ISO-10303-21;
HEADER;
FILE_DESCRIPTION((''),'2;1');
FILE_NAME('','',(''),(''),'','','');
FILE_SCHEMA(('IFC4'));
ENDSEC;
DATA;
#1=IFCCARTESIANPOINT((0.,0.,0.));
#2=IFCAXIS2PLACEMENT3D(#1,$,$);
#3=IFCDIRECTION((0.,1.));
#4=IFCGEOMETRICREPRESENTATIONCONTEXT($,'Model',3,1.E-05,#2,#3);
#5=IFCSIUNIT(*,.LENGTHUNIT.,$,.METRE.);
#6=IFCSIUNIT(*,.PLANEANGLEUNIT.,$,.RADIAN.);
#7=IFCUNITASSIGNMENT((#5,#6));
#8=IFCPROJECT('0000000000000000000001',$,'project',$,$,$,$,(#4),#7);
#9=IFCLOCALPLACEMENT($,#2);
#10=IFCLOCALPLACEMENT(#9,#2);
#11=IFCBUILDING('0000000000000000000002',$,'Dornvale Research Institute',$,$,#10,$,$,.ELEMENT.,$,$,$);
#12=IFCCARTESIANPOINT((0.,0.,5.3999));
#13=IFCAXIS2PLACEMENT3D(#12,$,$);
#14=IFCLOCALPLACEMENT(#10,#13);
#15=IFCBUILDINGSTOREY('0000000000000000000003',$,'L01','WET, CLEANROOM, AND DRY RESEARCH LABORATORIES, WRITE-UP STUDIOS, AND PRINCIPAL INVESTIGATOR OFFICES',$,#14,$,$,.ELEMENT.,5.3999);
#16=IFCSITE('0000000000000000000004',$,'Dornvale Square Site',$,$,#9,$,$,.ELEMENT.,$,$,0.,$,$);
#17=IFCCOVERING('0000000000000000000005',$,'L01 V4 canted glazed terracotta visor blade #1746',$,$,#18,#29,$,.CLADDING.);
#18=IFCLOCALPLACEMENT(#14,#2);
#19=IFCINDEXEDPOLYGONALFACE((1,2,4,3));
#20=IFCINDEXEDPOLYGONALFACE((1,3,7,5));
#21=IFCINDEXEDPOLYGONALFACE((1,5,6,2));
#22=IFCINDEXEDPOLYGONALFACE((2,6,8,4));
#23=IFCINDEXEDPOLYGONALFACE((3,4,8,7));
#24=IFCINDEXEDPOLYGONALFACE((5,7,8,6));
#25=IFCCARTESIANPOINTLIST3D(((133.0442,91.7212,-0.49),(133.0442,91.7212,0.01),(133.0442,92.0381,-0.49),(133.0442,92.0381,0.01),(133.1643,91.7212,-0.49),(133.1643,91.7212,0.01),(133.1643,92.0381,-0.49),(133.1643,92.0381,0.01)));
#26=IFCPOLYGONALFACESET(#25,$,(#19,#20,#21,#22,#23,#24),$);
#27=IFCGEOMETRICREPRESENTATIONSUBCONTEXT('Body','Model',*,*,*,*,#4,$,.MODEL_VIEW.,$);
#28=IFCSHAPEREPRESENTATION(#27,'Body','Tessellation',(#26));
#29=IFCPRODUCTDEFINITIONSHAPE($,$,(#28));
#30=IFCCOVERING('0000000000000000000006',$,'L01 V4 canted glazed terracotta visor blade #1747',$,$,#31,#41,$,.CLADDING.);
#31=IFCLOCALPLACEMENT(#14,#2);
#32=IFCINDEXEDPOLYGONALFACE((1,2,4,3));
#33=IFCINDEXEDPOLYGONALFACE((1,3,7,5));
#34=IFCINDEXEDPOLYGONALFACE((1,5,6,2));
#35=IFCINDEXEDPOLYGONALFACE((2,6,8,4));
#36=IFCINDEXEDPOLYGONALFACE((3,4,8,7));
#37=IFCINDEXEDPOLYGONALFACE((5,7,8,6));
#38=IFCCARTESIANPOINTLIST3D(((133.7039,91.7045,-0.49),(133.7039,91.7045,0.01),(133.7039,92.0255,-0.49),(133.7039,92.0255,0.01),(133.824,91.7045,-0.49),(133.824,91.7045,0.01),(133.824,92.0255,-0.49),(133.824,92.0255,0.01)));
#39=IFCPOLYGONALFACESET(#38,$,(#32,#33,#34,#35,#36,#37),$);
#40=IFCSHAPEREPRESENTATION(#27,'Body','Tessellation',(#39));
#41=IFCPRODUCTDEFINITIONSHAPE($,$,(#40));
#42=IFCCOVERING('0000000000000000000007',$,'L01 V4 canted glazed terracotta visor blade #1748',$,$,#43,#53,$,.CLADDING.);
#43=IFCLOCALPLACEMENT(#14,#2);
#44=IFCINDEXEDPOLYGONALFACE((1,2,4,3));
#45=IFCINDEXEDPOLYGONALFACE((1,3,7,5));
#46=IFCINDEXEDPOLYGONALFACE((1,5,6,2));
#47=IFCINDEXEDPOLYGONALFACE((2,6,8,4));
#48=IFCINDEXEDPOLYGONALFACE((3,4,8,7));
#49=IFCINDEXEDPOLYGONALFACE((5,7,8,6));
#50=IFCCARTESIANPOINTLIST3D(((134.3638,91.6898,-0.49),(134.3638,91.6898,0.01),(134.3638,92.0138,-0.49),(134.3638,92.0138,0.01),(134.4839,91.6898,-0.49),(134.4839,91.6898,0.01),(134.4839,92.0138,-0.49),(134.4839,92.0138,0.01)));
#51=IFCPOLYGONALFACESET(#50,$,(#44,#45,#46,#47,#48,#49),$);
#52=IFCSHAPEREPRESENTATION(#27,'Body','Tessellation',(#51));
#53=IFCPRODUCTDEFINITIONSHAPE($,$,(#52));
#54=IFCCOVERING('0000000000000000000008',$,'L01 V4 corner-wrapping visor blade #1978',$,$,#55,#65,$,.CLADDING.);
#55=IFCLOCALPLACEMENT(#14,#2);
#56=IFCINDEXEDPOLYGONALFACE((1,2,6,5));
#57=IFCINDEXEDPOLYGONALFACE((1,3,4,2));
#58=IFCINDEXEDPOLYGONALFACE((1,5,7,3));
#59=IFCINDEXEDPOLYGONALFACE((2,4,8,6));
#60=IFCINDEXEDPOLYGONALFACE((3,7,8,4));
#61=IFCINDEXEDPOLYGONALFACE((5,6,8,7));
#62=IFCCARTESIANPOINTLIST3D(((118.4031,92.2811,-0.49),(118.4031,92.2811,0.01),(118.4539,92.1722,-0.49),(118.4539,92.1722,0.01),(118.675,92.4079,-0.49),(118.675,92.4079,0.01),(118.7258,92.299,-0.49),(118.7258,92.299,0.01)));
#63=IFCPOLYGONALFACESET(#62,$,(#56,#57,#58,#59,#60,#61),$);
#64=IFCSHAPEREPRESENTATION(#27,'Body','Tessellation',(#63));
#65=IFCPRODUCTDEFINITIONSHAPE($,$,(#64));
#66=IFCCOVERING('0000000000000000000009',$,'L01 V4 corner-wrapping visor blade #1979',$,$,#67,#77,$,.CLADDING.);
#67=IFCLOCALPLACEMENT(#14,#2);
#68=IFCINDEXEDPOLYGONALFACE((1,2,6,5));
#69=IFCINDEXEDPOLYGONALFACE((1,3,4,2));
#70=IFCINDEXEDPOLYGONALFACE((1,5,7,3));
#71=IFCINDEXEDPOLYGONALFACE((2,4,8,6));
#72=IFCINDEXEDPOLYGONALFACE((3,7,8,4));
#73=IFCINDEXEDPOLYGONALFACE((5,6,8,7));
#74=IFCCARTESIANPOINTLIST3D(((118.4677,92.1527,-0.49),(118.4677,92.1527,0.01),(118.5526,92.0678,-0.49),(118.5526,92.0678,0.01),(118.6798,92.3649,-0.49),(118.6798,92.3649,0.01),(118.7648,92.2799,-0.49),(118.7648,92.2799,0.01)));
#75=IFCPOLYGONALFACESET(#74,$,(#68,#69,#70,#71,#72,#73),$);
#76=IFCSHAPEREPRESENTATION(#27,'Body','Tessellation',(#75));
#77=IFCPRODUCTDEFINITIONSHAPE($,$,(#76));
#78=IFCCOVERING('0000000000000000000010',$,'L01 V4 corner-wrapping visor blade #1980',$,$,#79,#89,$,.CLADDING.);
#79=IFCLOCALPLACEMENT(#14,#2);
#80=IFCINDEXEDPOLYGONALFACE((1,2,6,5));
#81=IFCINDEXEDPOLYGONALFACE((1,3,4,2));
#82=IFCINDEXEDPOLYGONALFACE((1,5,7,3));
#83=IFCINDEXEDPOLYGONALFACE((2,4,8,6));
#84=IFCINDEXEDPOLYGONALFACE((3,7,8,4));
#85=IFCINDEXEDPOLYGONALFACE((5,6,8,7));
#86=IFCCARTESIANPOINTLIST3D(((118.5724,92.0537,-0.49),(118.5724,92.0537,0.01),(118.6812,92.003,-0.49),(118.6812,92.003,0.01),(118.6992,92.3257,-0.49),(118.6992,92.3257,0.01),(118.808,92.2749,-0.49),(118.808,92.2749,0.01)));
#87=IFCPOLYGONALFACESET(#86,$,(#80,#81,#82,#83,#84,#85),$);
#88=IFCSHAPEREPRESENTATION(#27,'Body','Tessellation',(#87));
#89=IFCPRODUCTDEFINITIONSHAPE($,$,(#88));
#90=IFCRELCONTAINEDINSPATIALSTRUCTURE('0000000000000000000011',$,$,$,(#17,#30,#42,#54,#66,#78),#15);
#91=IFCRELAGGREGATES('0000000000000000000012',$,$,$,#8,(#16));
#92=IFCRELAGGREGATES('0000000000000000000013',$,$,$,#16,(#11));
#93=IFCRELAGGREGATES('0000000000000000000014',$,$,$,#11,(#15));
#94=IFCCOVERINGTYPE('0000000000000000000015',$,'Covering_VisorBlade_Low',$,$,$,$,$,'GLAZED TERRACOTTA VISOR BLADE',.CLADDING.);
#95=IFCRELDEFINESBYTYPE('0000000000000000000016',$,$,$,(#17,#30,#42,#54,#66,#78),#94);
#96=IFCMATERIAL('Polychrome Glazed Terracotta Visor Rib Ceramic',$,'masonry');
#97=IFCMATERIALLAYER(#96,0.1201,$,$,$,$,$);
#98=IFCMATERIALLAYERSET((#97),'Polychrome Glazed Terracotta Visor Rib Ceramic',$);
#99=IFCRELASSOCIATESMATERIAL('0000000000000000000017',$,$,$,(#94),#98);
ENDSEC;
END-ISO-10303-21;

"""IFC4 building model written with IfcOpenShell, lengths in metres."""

from ifc_helpers import new_model, si_unit, direction, frame, origin, origin_2d, place, context, subcontext, project, spatial, rectangle, extrude, material, layer, layer_set, type_object, element, save


model = new_model("IFC4")

# Units and contexts
model_context = context("Model", 3, precision=1e-05, world=origin(), true_north=direction((0.0, 1.0)))
body_context = subcontext(model_context, "Body", "Model", "MODEL_VIEW")
ifc_project = project(units=[si_unit("LENGTHUNIT", "METRE"), si_unit("PLANEANGLEUNIT", "RADIAN")], contexts=[model_context])

# Site, building, storey
site_placement = place(None, origin())
site = spatial("IfcSite", under=ifc_project, at=site_placement, Name="Dornvale Square Site", CompositionType="ELEMENT", RefElevation=0.0)
building_placement = place(site_placement, origin())
building = spatial("IfcBuilding", under=site, at=building_placement, Name="Dornvale Research Institute", CompositionType="ELEMENT")
storey_placement = place(building_placement, frame((0.0, 0.0, 5.3999)))
storey = spatial("IfcBuildingStorey", under=building, at=storey_placement, Name="L01", Description="WET, CLEANROOM, AND DRY RESEARCH LABORATORIES, WRITE-UP STUDIOS, AND PRINCIPAL INVESTIGATOR OFFICES", CompositionType="ELEMENT", Elevation=5.3999)

# Coverings
ifc_material_1 = material(Name="Polychrome Glazed Terracotta Visor Rib Ceramic", Category="masonry")
ifc_layer_1 = layer(ifc_material_1, 0.1201)
ifc_layer_set_1 = layer_set([ifc_layer_1], Name="Polychrome Glazed Terracotta Visor Rib Ceramic")
covering_type = type_object("IfcCoveringType", Name="Covering_VisorBlade_Low", ElementType="GLAZED TERRACOTTA VISOR BLADE", PredefinedType="CLADDING", material=ifc_layer_set_1)
covering_1_placement = place(storey_placement, frame((133.1042, 91.8796, -0.49), z_axis=(0.0, 0.0, 1.0), x_axis=(0.0, 1.0, 0.0)))
element("IfcCovering", 1, at=covering_1_placement, inside=storey, type_object=covering_type, Name="L01 V4 canted glazed terracotta visor blade #1746", PredefinedType="CLADDING", context=body_context, shape_type="SweptSolid", body=[
    extrude(rectangle(XDim=0.3169, YDim=0.1201, at=origin_2d()), origin(), (0.0, 0.0, 1.0), 0.5),
])
covering_2_placement = place(storey_placement, frame((133.7639, 91.865, -0.49), z_axis=(0.0, 0.0, 1.0), x_axis=(0.0, 1.0, 0.0)))
element("IfcCovering", 2, at=covering_2_placement, inside=storey, type_object=covering_type, Name="L01 V4 canted glazed terracotta visor blade #1747", PredefinedType="CLADDING", context=body_context, shape_type="SweptSolid", body=[
    extrude(rectangle(XDim=0.321, YDim=0.1201, at=origin_2d()), origin(), (0.0, 0.0, 1.0), 0.5),
])
covering_3_placement = place(storey_placement, frame((134.4238, 91.8518, -0.49), z_axis=(0.0, 0.0, 1.0), x_axis=(0.0, 1.0, 0.0)))
element("IfcCovering", 3, at=covering_3_placement, inside=storey, type_object=covering_type, Name="L01 V4 canted glazed terracotta visor blade #1748", PredefinedType="CLADDING", context=body_context, shape_type="SweptSolid", body=[
    extrude(rectangle(XDim=0.324, YDim=0.1201, at=origin_2d()), origin(), (0.0, 0.0, 1.0), 0.5),
])
for number, where, z_axis, x_axis, name in (
    (4, (118.5645, 92.29, -0.49), (0.0, 0.0, 1.0), (-0.906308, -0.422618, 0.0), "L01 V4 corner-wrapping visor blade #1978"),
    (5, (118.6162, 92.2163, -0.49), (0.0, 0.0, 1.0), (-0.707107, -0.707107, 0.0), "L01 V4 corner-wrapping visor blade #1979"),
    (6, (118.6902, 92.1643, -0.49), (0.0, 0.0, 1.0), (-0.422618, -0.906308, 0.0), "L01 V4 corner-wrapping visor blade #1980"),
):
    element("IfcCovering", number, at=place(storey_placement, frame(where, z_axis=z_axis, x_axis=x_axis)), inside=storey, type_object=covering_type, Name=name, PredefinedType="CLADDING", context=body_context, shape_type="SweptSolid", body=[
        extrude(rectangle(XDim=0.3, YDim=0.1201, at=origin_2d()), origin(), (0.0, 0.0, 1.0), 0.5),
    ])

save(model, "model.ifc")
